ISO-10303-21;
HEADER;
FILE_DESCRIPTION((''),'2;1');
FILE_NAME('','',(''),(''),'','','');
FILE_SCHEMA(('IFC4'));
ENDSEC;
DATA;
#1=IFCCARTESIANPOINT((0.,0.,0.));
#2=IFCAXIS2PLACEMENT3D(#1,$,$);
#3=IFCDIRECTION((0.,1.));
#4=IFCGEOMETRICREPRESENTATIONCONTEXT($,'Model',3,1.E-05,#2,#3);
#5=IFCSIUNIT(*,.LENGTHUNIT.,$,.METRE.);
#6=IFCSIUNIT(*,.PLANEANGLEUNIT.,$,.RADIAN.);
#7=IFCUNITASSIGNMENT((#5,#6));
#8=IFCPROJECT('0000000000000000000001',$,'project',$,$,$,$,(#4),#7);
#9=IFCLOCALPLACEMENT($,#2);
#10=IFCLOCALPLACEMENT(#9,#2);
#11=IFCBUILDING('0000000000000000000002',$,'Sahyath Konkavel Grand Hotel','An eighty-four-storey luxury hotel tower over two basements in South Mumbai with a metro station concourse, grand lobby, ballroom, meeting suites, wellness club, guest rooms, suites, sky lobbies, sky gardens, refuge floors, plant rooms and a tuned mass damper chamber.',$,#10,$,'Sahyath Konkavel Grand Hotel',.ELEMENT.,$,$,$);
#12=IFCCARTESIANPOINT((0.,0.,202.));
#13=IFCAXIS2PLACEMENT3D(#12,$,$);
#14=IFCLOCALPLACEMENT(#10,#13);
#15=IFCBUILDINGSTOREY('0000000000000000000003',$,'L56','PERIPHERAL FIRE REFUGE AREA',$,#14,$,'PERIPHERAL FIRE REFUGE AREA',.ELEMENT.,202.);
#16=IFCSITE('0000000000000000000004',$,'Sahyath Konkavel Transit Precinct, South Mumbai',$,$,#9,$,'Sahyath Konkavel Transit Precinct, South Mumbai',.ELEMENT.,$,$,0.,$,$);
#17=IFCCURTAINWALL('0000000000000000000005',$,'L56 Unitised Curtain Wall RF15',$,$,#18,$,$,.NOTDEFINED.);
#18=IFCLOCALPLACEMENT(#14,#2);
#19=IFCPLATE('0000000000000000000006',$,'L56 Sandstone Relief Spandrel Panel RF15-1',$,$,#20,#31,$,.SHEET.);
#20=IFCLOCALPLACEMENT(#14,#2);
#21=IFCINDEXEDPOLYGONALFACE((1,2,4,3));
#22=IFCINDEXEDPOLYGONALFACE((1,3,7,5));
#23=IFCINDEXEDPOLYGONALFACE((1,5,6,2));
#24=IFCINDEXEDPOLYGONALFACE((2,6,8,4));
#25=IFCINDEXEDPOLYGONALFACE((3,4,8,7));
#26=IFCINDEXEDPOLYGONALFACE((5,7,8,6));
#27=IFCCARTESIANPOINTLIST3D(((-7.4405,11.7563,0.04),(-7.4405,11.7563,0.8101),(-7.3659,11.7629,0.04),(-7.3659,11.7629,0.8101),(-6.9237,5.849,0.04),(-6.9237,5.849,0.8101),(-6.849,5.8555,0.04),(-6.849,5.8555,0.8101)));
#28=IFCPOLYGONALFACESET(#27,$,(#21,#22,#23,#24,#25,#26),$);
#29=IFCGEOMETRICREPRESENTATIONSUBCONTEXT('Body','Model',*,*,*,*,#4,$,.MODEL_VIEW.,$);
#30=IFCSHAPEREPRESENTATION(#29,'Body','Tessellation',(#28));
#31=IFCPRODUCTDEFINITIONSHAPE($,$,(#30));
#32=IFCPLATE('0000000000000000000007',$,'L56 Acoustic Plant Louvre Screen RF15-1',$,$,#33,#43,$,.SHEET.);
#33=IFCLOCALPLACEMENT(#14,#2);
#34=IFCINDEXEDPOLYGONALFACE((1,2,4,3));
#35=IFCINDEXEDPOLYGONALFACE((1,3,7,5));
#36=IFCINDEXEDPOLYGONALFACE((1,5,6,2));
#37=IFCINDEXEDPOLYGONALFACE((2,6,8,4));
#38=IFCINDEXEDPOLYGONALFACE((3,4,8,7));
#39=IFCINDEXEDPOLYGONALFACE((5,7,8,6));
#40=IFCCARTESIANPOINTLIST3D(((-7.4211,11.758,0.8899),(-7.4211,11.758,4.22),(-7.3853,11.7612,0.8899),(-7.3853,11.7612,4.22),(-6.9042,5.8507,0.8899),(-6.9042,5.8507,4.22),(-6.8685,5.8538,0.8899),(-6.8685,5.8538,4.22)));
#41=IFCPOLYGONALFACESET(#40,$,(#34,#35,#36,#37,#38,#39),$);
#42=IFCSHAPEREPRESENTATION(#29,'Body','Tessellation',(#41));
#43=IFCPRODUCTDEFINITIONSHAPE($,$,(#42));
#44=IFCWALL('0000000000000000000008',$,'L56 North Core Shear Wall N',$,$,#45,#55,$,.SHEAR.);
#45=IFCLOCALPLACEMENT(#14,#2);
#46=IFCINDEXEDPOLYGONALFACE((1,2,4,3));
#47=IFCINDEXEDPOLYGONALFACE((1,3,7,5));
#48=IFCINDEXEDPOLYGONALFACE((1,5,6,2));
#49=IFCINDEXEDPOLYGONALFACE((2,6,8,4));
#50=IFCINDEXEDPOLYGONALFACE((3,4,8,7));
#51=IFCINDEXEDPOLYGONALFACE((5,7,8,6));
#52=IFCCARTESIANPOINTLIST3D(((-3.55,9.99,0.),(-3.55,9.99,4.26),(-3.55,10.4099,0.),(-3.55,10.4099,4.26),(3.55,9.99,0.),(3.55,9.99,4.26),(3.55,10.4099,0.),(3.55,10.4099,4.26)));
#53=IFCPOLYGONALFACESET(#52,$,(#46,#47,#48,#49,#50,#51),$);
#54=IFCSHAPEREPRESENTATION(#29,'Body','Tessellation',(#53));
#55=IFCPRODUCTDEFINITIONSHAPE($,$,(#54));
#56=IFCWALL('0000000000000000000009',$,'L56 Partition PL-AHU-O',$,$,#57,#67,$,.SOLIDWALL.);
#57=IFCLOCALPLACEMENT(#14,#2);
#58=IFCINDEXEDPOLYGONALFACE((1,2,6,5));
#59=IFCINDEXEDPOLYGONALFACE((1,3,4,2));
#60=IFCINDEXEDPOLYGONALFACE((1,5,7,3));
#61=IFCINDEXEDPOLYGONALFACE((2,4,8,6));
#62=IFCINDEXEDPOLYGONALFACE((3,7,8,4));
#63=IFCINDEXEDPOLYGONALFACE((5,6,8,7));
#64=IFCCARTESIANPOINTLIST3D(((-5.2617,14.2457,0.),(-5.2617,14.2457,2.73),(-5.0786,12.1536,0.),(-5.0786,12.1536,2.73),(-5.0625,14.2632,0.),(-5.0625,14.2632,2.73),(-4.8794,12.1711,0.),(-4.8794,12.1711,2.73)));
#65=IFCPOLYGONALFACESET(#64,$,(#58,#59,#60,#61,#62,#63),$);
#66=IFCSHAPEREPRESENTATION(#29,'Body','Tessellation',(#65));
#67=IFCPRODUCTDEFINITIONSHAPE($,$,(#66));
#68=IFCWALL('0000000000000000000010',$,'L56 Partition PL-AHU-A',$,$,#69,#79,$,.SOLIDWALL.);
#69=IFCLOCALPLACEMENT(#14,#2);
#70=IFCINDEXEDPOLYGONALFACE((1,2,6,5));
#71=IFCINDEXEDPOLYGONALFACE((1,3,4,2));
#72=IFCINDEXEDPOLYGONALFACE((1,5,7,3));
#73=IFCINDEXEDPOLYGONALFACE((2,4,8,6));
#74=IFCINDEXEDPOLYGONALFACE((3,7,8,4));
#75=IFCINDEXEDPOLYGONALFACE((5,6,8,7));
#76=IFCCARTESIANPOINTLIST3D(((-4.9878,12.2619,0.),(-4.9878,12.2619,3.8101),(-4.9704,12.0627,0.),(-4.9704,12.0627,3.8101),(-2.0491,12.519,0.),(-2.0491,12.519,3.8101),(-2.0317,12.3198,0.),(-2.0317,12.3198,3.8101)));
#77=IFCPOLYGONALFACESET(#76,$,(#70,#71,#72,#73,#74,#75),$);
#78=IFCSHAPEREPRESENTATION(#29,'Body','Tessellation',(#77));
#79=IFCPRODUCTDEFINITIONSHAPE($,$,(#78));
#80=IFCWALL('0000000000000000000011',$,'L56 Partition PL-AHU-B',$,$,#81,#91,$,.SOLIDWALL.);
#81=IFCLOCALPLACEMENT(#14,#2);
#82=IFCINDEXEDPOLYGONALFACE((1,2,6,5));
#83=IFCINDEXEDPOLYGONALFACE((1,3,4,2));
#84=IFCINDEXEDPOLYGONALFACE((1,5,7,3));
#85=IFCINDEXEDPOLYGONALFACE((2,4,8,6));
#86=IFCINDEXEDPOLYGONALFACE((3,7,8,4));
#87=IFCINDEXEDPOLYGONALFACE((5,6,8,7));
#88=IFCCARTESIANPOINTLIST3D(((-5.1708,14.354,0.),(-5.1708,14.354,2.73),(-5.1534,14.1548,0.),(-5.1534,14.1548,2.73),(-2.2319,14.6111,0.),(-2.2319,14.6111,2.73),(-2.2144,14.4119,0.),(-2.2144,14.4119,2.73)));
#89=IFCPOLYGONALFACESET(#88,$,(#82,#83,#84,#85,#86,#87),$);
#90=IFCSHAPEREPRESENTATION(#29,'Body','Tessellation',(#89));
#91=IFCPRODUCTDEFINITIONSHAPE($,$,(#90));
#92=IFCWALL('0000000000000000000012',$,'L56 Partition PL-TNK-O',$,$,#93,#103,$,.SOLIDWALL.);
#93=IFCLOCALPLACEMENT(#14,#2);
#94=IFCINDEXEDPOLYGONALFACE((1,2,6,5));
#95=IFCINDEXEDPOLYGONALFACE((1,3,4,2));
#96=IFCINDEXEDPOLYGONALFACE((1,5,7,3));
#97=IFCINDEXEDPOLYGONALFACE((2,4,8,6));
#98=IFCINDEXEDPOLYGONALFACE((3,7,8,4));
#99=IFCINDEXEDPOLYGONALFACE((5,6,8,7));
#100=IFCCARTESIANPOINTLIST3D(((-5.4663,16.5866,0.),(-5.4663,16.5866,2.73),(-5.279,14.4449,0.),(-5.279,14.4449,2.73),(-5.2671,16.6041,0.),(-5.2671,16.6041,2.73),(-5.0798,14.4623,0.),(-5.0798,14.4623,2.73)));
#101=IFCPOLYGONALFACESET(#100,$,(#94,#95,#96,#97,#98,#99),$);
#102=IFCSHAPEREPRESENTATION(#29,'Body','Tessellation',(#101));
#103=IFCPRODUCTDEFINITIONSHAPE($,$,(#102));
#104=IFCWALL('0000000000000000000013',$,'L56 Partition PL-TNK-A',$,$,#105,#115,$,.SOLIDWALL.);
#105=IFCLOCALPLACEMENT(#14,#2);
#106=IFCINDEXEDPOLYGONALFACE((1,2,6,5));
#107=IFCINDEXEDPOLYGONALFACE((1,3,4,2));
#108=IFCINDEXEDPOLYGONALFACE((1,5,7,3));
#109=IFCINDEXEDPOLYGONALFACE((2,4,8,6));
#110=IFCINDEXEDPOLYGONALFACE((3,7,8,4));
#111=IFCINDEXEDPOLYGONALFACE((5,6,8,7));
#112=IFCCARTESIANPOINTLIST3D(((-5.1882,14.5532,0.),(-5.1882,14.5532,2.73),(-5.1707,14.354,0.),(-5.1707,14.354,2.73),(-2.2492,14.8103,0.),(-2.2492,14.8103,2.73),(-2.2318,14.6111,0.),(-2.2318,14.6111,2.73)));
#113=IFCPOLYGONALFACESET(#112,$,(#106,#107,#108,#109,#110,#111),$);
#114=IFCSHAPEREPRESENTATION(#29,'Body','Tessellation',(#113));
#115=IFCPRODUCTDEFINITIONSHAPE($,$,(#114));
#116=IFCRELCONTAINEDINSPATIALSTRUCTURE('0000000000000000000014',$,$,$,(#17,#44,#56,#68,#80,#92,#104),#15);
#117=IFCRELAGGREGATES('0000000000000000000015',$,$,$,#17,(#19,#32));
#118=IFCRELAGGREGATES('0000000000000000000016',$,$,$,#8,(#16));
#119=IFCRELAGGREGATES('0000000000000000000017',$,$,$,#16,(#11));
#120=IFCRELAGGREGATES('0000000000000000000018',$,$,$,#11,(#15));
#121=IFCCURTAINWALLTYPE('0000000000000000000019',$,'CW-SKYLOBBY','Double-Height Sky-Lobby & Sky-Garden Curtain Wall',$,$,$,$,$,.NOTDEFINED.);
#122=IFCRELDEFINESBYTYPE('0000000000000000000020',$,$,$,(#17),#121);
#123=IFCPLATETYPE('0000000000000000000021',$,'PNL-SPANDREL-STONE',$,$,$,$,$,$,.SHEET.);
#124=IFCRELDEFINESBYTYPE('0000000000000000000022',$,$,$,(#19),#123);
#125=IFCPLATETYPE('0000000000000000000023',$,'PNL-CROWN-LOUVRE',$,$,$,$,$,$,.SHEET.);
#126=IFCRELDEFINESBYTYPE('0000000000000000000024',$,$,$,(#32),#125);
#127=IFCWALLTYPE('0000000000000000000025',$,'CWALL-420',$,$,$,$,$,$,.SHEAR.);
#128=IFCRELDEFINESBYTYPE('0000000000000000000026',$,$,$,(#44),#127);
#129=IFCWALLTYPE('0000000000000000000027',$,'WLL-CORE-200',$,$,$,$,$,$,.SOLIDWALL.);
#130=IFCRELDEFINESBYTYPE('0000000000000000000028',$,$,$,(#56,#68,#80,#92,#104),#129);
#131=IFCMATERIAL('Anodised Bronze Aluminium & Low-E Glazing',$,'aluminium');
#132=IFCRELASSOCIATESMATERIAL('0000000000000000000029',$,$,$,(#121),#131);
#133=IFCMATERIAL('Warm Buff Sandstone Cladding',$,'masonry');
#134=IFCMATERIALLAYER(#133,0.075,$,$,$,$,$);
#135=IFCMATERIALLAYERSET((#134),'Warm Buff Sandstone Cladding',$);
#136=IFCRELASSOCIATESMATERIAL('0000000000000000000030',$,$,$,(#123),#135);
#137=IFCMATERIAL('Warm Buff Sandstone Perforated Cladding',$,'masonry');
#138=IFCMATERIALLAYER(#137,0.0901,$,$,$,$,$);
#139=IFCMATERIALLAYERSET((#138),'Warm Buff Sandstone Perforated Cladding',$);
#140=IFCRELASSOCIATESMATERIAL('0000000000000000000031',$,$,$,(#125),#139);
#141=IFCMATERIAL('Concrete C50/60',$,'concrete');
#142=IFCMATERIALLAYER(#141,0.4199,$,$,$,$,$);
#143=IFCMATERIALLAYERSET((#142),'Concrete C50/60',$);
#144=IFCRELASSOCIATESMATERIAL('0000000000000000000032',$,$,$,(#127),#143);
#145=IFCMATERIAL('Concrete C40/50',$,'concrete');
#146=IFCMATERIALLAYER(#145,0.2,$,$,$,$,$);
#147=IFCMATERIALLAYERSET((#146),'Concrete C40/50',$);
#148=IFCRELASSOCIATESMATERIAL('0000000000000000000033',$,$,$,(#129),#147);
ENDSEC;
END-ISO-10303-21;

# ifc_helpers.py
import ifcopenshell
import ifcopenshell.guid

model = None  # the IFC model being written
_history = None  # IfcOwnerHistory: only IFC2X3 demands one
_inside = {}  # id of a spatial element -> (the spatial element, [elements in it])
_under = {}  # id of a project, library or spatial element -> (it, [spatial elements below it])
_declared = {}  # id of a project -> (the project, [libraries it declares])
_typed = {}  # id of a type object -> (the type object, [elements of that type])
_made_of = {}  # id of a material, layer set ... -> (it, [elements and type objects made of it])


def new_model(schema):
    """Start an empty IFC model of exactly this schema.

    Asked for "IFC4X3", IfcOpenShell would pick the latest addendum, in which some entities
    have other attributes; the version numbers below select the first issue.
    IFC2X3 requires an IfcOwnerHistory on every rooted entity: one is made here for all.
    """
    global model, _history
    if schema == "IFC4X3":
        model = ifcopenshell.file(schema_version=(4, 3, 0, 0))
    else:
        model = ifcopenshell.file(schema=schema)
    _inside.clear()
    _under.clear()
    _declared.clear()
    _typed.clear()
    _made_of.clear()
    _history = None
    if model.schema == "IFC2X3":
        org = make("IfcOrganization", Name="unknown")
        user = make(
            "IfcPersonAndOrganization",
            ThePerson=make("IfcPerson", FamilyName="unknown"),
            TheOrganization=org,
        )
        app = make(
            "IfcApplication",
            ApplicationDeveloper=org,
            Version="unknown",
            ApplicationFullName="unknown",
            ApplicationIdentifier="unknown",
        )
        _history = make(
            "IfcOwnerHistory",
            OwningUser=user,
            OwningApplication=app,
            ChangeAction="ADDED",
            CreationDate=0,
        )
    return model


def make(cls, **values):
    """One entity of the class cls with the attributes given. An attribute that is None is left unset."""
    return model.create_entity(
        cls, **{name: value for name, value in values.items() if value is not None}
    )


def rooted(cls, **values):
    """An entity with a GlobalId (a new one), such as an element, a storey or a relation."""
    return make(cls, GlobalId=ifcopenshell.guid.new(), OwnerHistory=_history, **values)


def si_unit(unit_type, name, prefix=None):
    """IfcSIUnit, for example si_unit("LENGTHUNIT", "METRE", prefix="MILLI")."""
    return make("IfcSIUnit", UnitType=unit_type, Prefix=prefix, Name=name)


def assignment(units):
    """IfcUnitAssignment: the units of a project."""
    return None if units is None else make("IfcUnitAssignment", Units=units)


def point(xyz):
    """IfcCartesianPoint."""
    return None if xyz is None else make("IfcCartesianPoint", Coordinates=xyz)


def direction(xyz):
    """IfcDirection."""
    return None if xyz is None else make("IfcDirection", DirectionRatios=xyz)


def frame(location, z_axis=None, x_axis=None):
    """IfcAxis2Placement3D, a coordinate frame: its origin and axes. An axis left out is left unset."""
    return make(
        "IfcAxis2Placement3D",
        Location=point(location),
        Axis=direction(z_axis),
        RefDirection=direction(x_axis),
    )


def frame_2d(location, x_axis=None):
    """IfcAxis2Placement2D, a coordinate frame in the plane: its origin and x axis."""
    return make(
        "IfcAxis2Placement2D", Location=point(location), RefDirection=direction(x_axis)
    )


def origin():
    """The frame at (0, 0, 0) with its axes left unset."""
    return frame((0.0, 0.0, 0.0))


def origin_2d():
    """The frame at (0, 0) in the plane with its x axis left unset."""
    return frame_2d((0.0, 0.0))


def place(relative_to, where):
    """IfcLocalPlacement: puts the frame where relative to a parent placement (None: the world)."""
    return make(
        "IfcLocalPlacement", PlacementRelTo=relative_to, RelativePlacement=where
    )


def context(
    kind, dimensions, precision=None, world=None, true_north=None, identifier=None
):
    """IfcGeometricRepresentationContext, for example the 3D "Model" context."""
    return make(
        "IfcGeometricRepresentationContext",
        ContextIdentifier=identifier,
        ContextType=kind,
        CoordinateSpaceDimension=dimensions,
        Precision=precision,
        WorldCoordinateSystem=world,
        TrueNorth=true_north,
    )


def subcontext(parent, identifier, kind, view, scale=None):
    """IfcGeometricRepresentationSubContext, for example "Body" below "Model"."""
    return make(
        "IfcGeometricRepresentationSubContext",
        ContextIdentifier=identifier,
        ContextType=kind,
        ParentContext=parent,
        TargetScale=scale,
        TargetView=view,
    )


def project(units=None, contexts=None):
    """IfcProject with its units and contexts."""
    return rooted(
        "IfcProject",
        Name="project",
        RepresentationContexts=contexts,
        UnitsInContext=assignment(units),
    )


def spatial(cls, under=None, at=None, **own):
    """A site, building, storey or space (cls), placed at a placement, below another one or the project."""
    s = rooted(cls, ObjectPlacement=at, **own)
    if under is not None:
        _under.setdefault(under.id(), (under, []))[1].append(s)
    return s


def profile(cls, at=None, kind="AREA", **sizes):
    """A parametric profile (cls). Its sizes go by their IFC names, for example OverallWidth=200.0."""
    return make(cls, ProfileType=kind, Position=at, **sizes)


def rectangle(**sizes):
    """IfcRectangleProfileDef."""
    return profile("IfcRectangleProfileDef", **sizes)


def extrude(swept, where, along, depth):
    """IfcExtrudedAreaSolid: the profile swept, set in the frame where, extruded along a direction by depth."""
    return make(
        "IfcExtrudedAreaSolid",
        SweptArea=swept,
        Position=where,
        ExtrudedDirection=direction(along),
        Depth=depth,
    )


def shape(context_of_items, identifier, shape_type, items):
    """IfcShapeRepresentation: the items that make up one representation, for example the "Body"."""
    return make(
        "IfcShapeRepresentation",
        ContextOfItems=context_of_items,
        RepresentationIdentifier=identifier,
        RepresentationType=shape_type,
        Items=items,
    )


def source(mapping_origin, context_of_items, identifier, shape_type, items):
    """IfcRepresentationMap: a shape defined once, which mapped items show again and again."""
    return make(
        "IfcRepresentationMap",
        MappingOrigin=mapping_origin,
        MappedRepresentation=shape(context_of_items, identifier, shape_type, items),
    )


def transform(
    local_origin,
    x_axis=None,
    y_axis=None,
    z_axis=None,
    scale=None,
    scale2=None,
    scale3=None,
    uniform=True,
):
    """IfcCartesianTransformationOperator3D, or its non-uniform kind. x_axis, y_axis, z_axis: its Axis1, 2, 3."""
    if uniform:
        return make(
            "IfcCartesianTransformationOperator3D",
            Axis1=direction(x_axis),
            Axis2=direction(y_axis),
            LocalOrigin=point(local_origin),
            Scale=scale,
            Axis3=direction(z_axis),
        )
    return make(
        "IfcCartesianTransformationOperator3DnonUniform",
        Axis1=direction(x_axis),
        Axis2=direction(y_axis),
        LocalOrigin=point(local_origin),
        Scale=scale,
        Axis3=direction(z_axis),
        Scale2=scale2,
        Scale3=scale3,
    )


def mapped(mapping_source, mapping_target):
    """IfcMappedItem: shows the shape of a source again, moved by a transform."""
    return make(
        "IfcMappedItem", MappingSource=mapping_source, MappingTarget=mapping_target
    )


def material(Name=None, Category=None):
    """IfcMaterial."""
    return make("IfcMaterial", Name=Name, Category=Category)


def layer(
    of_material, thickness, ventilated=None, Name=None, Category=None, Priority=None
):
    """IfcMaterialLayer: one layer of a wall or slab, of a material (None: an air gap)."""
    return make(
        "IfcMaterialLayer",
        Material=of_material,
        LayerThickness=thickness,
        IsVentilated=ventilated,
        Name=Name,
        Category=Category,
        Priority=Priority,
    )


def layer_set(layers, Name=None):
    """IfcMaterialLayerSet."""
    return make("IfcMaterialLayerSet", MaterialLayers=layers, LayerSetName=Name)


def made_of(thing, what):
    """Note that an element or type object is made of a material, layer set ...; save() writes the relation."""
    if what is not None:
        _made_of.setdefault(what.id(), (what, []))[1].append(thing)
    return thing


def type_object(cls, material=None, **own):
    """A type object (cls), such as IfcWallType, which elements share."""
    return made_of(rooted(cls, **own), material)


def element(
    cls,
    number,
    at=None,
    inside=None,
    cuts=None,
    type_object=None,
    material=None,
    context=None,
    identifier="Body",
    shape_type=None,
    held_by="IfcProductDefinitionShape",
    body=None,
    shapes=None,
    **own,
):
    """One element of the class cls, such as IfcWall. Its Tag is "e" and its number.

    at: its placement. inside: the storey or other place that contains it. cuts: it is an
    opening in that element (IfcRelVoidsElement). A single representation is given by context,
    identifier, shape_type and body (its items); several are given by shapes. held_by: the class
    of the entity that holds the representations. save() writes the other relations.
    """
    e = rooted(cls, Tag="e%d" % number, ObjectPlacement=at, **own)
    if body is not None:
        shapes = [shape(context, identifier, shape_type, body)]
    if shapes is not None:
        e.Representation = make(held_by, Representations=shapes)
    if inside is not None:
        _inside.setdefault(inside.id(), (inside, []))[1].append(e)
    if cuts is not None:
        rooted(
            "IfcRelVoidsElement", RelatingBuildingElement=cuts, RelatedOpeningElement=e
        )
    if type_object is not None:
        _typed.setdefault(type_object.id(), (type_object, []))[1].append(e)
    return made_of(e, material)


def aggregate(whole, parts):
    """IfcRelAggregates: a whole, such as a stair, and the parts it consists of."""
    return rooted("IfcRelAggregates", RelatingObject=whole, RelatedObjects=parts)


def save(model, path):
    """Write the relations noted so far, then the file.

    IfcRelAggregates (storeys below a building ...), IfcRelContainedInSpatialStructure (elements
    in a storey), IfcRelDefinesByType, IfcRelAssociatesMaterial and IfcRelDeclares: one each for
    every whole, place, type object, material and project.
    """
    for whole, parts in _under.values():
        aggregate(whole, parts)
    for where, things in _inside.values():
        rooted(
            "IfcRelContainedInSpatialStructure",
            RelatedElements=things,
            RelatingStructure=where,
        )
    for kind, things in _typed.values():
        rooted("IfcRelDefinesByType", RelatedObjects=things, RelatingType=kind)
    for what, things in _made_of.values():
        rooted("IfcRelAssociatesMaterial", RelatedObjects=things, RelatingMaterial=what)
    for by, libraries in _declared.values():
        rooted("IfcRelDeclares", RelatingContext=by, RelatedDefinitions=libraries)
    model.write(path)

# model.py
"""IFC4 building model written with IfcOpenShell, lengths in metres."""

from ifc_helpers import new_model, si_unit, direction, frame, frame_2d, origin, origin_2d, place, context, subcontext, project, spatial, rectangle, extrude, source, transform, mapped, material, layer, layer_set, type_object, element, aggregate, save


model = new_model("IFC4")

# Units and contexts
model_context = context("Model", 3, precision=1e-05, world=origin(), true_north=direction((0.0, 1.0)))
body_context = subcontext(model_context, "Body", "Model", "MODEL_VIEW")
ifc_project = project(units=[si_unit("LENGTHUNIT", "METRE"), si_unit("PLANEANGLEUNIT", "RADIAN")], contexts=[model_context])

# Site, building, storey
site_placement = place(None, origin())
site = spatial("IfcSite", under=ifc_project, at=site_placement, Name="Sahyath Konkavel Transit Precinct, South Mumbai", LongName="Sahyath Konkavel Transit Precinct, South Mumbai", CompositionType="ELEMENT", RefElevation=0.0)
building_placement = place(site_placement, origin())
building = spatial("IfcBuilding", under=site, at=building_placement, Name="Sahyath Konkavel Grand Hotel", Description="An eighty-four-storey luxury hotel tower over two basements in South Mumbai with a metro station concourse, grand lobby, ballroom, meeting suites, wellness club, guest rooms, suites, sky lobbies, sky gardens, refuge floors, plant rooms and a tuned mass damper chamber.", LongName="Sahyath Konkavel Grand Hotel", CompositionType="ELEMENT")
storey_placement = place(building_placement, frame((0.0, 0.0, 202.0)))
storey = spatial("IfcBuildingStorey", under=building, at=storey_placement, Name="L56", Description="PERIPHERAL FIRE REFUGE AREA", LongName="PERIPHERAL FIRE REFUGE AREA", CompositionType="ELEMENT", Elevation=202.0)

# Shared definitions
ifc_material_1 = material(Name="Concrete C50/60", Category="concrete")

# Curtain wall
ifc_material_2 = material(Name="Anodised Bronze Aluminium & Low-E Glazing", Category="aluminium")
curtain_wall_type = type_object("IfcCurtainWallType", Name="CW-SKYLOBBY", Description="Double-Height Sky-Lobby & Sky-Garden Curtain Wall", PredefinedType="NOTDEFINED", material=ifc_material_2)
curtain_wall_placement = place(storey_placement, origin())
curtain_wall = element("IfcCurtainWall", 1, at=curtain_wall_placement, inside=storey, type_object=curtain_wall_type, Name="L56 Unitised Curtain Wall RF15", PredefinedType="NOTDEFINED")

# Plates
ifc_material_3 = material(Name="Warm Buff Sandstone Cladding", Category="masonry")
ifc_layer_1 = layer(ifc_material_3, 0.075)
ifc_layer_set_1 = layer_set([ifc_layer_1], Name="Warm Buff Sandstone Cladding")
plate_type_1 = type_object("IfcPlateType", Name="PNL-SPANDREL-STONE", PredefinedType="SHEET", material=ifc_layer_set_1)
shared_shape_1 = source(origin(), body_context, "Body", "SweptSolid", [
    extrude(rectangle(XDim=5.9299, YDim=0.075, at=origin_2d()), origin(), (0.0, 0.0, 1.0), 0.77),
])
plate_1_placement = place(storey_placement, frame((-7.1448, 8.8059, 0.04), z_axis=(0.0, 0.0, 1.0), x_axis=(0.087156, -0.996195, 0.0)))
plate_1 = element("IfcPlate", 2, at=plate_1_placement, type_object=plate_type_1, Name="L56 Sandstone Relief Spandrel Panel RF15-1", PredefinedType="SHEET", context=body_context, shape_type="MappedRepresentation", body=[
    mapped(shared_shape_1, transform((0.0, 0.0, 0.0), scale=1.0)),
])
ifc_material_4 = material(Name="Warm Buff Sandstone Perforated Cladding", Category="masonry")
ifc_layer_2 = layer(ifc_material_4, 0.0901)
ifc_layer_set_2 = layer_set([ifc_layer_2], Name="Warm Buff Sandstone Perforated Cladding")
plate_type_2 = type_object("IfcPlateType", Name="PNL-CROWN-LOUVRE", PredefinedType="SHEET", material=ifc_layer_set_2)
shared_shape_2 = source(origin(), body_context, "Body", "SweptSolid", [
    extrude(rectangle(XDim=5.9299, YDim=0.0359, at=origin_2d()), origin(), (0.0, 0.0, 1.0), 3.3301),
])
plate_2_placement = place(storey_placement, frame((-7.1448, 8.8059, 0.8899), z_axis=(0.0, 0.0, 1.0), x_axis=(0.087156, -0.996195, 0.0)))
plate_2 = element("IfcPlate", 3, at=plate_2_placement, type_object=plate_type_2, Name="L56 Acoustic Plant Louvre Screen RF15-1", PredefinedType="SHEET", context=body_context, shape_type="MappedRepresentation", body=[
    mapped(shared_shape_2, transform((0.0, 0.0, 0.0), scale=1.0)),
])
aggregate(curtain_wall, [plate_1, plate_2])

# Wall
ifc_layer_3 = layer(ifc_material_1, 0.4199)
ifc_layer_set_3 = layer_set([ifc_layer_3], Name="Concrete C50/60")
wall_type_1 = type_object("IfcWallType", Name="CWALL-420", PredefinedType="SHEAR", material=ifc_layer_set_3)
wall_1_placement = place(storey_placement, frame((-3.55, 10.2, 0.0), z_axis=(0.0, 0.0, 1.0), x_axis=(1.0, 0.0, 0.0)))
element("IfcWall", 4, at=wall_1_placement, inside=storey, type_object=wall_type_1, Name="L56 North Core Shear Wall N", PredefinedType="SHEAR", context=body_context, shape_type="SweptSolid", body=[
    extrude(rectangle(XDim=7.1001, YDim=0.4199, at=frame_2d((3.55, 0.0))), origin(), (0.0, 0.0, 1.0), 4.26),
])

# Shared definitions
ifc_material_5 = material(Name="Concrete C40/50", Category="concrete")
ifc_layer_4 = layer(ifc_material_5, 0.2)
ifc_layer_set_4 = layer_set([ifc_layer_4], Name="Concrete C40/50")
wall_type_2 = type_object("IfcWallType", Name="WLL-CORE-200", PredefinedType="SOLIDWALL", material=ifc_layer_set_4)

# Walls
wall_2_placement = place(storey_placement, frame((-4.979, 12.1624, 0.0), z_axis=(0.0, 0.0, 1.0), x_axis=(-0.087191, 0.996192, 0.0)))
element("IfcWall", 5, at=wall_2_placement, inside=storey, type_object=wall_type_2, Name="L56 Partition PL-AHU-O", PredefinedType="SOLIDWALL", context=body_context, shape_type="SweptSolid", body=[
    extrude(rectangle(XDim=2.1001, YDim=0.2, at=frame_2d((1.05, 0.0))), origin(), (0.0, 0.0, 1.0), 2.73),
])
wall_3_placement = place(storey_placement, frame((-2.0403, 12.4194, 0.0), z_axis=(0.0, 0.0, 1.0), x_axis=(-0.996195, -0.087147, 0.0)))
element("IfcWall", 6, at=wall_3_placement, inside=storey, type_object=wall_type_2, Name="L56 Partition PL-AHU-A", PredefinedType="SOLIDWALL", context=body_context, shape_type="SweptSolid", body=[
    extrude(rectangle(XDim=2.95, YDim=0.2, at=frame_2d((1.4751, 0.0))), origin(), (0.0, 0.0, 1.0), 3.8101),
])
wall_4_placement = place(storey_placement, frame((-2.2231, 14.5115, 0.0), z_axis=(0.0, 0.0, 1.0), x_axis=(-0.996196, -0.08714, 0.0)))
element("IfcWall", 7, at=wall_4_placement, inside=storey, type_object=wall_type_2, Name="L56 Partition PL-AHU-B", PredefinedType="SOLIDWALL", context=body_context, shape_type="SweptSolid", body=[
    extrude(rectangle(XDim=2.9502, YDim=0.2, at=frame_2d((1.4751, 0.0))), origin(), (0.0, 0.0, 1.0), 2.73),
])

# Walls
wall_5_placement = place(storey_placement, frame((-5.1794, 14.4536, 0.0), z_axis=(0.0, 0.0, 1.0), x_axis=(-0.087095, 0.9962, 0.0)))
element("IfcWall", 8, at=wall_5_placement, inside=storey, type_object=wall_type_2, Name="L56 Partition PL-TNK-O", PredefinedType="SOLIDWALL", context=body_context, shape_type="SweptSolid", body=[
    extrude(rectangle(XDim=2.1499, YDim=0.2, at=frame_2d((1.075, 0.0))), origin(), (0.0, 0.0, 1.0), 2.73),
])
wall_6_placement = place(storey_placement, frame((-2.2405, 14.7107, 0.0), z_axis=(0.0, 0.0, 1.0), x_axis=(-0.996196, -0.08714, 0.0)))
element("IfcWall", 9, at=wall_6_placement, inside=storey, type_object=wall_type_2, Name="L56 Partition PL-TNK-A", PredefinedType="SOLIDWALL", context=body_context, shape_type="SweptSolid", body=[
    extrude(rectangle(XDim=2.9502, YDim=0.2, at=frame_2d((1.4751, 0.0))), origin(), (0.0, 0.0, 1.0), 2.73),
])

save(model, "model.ifc")
